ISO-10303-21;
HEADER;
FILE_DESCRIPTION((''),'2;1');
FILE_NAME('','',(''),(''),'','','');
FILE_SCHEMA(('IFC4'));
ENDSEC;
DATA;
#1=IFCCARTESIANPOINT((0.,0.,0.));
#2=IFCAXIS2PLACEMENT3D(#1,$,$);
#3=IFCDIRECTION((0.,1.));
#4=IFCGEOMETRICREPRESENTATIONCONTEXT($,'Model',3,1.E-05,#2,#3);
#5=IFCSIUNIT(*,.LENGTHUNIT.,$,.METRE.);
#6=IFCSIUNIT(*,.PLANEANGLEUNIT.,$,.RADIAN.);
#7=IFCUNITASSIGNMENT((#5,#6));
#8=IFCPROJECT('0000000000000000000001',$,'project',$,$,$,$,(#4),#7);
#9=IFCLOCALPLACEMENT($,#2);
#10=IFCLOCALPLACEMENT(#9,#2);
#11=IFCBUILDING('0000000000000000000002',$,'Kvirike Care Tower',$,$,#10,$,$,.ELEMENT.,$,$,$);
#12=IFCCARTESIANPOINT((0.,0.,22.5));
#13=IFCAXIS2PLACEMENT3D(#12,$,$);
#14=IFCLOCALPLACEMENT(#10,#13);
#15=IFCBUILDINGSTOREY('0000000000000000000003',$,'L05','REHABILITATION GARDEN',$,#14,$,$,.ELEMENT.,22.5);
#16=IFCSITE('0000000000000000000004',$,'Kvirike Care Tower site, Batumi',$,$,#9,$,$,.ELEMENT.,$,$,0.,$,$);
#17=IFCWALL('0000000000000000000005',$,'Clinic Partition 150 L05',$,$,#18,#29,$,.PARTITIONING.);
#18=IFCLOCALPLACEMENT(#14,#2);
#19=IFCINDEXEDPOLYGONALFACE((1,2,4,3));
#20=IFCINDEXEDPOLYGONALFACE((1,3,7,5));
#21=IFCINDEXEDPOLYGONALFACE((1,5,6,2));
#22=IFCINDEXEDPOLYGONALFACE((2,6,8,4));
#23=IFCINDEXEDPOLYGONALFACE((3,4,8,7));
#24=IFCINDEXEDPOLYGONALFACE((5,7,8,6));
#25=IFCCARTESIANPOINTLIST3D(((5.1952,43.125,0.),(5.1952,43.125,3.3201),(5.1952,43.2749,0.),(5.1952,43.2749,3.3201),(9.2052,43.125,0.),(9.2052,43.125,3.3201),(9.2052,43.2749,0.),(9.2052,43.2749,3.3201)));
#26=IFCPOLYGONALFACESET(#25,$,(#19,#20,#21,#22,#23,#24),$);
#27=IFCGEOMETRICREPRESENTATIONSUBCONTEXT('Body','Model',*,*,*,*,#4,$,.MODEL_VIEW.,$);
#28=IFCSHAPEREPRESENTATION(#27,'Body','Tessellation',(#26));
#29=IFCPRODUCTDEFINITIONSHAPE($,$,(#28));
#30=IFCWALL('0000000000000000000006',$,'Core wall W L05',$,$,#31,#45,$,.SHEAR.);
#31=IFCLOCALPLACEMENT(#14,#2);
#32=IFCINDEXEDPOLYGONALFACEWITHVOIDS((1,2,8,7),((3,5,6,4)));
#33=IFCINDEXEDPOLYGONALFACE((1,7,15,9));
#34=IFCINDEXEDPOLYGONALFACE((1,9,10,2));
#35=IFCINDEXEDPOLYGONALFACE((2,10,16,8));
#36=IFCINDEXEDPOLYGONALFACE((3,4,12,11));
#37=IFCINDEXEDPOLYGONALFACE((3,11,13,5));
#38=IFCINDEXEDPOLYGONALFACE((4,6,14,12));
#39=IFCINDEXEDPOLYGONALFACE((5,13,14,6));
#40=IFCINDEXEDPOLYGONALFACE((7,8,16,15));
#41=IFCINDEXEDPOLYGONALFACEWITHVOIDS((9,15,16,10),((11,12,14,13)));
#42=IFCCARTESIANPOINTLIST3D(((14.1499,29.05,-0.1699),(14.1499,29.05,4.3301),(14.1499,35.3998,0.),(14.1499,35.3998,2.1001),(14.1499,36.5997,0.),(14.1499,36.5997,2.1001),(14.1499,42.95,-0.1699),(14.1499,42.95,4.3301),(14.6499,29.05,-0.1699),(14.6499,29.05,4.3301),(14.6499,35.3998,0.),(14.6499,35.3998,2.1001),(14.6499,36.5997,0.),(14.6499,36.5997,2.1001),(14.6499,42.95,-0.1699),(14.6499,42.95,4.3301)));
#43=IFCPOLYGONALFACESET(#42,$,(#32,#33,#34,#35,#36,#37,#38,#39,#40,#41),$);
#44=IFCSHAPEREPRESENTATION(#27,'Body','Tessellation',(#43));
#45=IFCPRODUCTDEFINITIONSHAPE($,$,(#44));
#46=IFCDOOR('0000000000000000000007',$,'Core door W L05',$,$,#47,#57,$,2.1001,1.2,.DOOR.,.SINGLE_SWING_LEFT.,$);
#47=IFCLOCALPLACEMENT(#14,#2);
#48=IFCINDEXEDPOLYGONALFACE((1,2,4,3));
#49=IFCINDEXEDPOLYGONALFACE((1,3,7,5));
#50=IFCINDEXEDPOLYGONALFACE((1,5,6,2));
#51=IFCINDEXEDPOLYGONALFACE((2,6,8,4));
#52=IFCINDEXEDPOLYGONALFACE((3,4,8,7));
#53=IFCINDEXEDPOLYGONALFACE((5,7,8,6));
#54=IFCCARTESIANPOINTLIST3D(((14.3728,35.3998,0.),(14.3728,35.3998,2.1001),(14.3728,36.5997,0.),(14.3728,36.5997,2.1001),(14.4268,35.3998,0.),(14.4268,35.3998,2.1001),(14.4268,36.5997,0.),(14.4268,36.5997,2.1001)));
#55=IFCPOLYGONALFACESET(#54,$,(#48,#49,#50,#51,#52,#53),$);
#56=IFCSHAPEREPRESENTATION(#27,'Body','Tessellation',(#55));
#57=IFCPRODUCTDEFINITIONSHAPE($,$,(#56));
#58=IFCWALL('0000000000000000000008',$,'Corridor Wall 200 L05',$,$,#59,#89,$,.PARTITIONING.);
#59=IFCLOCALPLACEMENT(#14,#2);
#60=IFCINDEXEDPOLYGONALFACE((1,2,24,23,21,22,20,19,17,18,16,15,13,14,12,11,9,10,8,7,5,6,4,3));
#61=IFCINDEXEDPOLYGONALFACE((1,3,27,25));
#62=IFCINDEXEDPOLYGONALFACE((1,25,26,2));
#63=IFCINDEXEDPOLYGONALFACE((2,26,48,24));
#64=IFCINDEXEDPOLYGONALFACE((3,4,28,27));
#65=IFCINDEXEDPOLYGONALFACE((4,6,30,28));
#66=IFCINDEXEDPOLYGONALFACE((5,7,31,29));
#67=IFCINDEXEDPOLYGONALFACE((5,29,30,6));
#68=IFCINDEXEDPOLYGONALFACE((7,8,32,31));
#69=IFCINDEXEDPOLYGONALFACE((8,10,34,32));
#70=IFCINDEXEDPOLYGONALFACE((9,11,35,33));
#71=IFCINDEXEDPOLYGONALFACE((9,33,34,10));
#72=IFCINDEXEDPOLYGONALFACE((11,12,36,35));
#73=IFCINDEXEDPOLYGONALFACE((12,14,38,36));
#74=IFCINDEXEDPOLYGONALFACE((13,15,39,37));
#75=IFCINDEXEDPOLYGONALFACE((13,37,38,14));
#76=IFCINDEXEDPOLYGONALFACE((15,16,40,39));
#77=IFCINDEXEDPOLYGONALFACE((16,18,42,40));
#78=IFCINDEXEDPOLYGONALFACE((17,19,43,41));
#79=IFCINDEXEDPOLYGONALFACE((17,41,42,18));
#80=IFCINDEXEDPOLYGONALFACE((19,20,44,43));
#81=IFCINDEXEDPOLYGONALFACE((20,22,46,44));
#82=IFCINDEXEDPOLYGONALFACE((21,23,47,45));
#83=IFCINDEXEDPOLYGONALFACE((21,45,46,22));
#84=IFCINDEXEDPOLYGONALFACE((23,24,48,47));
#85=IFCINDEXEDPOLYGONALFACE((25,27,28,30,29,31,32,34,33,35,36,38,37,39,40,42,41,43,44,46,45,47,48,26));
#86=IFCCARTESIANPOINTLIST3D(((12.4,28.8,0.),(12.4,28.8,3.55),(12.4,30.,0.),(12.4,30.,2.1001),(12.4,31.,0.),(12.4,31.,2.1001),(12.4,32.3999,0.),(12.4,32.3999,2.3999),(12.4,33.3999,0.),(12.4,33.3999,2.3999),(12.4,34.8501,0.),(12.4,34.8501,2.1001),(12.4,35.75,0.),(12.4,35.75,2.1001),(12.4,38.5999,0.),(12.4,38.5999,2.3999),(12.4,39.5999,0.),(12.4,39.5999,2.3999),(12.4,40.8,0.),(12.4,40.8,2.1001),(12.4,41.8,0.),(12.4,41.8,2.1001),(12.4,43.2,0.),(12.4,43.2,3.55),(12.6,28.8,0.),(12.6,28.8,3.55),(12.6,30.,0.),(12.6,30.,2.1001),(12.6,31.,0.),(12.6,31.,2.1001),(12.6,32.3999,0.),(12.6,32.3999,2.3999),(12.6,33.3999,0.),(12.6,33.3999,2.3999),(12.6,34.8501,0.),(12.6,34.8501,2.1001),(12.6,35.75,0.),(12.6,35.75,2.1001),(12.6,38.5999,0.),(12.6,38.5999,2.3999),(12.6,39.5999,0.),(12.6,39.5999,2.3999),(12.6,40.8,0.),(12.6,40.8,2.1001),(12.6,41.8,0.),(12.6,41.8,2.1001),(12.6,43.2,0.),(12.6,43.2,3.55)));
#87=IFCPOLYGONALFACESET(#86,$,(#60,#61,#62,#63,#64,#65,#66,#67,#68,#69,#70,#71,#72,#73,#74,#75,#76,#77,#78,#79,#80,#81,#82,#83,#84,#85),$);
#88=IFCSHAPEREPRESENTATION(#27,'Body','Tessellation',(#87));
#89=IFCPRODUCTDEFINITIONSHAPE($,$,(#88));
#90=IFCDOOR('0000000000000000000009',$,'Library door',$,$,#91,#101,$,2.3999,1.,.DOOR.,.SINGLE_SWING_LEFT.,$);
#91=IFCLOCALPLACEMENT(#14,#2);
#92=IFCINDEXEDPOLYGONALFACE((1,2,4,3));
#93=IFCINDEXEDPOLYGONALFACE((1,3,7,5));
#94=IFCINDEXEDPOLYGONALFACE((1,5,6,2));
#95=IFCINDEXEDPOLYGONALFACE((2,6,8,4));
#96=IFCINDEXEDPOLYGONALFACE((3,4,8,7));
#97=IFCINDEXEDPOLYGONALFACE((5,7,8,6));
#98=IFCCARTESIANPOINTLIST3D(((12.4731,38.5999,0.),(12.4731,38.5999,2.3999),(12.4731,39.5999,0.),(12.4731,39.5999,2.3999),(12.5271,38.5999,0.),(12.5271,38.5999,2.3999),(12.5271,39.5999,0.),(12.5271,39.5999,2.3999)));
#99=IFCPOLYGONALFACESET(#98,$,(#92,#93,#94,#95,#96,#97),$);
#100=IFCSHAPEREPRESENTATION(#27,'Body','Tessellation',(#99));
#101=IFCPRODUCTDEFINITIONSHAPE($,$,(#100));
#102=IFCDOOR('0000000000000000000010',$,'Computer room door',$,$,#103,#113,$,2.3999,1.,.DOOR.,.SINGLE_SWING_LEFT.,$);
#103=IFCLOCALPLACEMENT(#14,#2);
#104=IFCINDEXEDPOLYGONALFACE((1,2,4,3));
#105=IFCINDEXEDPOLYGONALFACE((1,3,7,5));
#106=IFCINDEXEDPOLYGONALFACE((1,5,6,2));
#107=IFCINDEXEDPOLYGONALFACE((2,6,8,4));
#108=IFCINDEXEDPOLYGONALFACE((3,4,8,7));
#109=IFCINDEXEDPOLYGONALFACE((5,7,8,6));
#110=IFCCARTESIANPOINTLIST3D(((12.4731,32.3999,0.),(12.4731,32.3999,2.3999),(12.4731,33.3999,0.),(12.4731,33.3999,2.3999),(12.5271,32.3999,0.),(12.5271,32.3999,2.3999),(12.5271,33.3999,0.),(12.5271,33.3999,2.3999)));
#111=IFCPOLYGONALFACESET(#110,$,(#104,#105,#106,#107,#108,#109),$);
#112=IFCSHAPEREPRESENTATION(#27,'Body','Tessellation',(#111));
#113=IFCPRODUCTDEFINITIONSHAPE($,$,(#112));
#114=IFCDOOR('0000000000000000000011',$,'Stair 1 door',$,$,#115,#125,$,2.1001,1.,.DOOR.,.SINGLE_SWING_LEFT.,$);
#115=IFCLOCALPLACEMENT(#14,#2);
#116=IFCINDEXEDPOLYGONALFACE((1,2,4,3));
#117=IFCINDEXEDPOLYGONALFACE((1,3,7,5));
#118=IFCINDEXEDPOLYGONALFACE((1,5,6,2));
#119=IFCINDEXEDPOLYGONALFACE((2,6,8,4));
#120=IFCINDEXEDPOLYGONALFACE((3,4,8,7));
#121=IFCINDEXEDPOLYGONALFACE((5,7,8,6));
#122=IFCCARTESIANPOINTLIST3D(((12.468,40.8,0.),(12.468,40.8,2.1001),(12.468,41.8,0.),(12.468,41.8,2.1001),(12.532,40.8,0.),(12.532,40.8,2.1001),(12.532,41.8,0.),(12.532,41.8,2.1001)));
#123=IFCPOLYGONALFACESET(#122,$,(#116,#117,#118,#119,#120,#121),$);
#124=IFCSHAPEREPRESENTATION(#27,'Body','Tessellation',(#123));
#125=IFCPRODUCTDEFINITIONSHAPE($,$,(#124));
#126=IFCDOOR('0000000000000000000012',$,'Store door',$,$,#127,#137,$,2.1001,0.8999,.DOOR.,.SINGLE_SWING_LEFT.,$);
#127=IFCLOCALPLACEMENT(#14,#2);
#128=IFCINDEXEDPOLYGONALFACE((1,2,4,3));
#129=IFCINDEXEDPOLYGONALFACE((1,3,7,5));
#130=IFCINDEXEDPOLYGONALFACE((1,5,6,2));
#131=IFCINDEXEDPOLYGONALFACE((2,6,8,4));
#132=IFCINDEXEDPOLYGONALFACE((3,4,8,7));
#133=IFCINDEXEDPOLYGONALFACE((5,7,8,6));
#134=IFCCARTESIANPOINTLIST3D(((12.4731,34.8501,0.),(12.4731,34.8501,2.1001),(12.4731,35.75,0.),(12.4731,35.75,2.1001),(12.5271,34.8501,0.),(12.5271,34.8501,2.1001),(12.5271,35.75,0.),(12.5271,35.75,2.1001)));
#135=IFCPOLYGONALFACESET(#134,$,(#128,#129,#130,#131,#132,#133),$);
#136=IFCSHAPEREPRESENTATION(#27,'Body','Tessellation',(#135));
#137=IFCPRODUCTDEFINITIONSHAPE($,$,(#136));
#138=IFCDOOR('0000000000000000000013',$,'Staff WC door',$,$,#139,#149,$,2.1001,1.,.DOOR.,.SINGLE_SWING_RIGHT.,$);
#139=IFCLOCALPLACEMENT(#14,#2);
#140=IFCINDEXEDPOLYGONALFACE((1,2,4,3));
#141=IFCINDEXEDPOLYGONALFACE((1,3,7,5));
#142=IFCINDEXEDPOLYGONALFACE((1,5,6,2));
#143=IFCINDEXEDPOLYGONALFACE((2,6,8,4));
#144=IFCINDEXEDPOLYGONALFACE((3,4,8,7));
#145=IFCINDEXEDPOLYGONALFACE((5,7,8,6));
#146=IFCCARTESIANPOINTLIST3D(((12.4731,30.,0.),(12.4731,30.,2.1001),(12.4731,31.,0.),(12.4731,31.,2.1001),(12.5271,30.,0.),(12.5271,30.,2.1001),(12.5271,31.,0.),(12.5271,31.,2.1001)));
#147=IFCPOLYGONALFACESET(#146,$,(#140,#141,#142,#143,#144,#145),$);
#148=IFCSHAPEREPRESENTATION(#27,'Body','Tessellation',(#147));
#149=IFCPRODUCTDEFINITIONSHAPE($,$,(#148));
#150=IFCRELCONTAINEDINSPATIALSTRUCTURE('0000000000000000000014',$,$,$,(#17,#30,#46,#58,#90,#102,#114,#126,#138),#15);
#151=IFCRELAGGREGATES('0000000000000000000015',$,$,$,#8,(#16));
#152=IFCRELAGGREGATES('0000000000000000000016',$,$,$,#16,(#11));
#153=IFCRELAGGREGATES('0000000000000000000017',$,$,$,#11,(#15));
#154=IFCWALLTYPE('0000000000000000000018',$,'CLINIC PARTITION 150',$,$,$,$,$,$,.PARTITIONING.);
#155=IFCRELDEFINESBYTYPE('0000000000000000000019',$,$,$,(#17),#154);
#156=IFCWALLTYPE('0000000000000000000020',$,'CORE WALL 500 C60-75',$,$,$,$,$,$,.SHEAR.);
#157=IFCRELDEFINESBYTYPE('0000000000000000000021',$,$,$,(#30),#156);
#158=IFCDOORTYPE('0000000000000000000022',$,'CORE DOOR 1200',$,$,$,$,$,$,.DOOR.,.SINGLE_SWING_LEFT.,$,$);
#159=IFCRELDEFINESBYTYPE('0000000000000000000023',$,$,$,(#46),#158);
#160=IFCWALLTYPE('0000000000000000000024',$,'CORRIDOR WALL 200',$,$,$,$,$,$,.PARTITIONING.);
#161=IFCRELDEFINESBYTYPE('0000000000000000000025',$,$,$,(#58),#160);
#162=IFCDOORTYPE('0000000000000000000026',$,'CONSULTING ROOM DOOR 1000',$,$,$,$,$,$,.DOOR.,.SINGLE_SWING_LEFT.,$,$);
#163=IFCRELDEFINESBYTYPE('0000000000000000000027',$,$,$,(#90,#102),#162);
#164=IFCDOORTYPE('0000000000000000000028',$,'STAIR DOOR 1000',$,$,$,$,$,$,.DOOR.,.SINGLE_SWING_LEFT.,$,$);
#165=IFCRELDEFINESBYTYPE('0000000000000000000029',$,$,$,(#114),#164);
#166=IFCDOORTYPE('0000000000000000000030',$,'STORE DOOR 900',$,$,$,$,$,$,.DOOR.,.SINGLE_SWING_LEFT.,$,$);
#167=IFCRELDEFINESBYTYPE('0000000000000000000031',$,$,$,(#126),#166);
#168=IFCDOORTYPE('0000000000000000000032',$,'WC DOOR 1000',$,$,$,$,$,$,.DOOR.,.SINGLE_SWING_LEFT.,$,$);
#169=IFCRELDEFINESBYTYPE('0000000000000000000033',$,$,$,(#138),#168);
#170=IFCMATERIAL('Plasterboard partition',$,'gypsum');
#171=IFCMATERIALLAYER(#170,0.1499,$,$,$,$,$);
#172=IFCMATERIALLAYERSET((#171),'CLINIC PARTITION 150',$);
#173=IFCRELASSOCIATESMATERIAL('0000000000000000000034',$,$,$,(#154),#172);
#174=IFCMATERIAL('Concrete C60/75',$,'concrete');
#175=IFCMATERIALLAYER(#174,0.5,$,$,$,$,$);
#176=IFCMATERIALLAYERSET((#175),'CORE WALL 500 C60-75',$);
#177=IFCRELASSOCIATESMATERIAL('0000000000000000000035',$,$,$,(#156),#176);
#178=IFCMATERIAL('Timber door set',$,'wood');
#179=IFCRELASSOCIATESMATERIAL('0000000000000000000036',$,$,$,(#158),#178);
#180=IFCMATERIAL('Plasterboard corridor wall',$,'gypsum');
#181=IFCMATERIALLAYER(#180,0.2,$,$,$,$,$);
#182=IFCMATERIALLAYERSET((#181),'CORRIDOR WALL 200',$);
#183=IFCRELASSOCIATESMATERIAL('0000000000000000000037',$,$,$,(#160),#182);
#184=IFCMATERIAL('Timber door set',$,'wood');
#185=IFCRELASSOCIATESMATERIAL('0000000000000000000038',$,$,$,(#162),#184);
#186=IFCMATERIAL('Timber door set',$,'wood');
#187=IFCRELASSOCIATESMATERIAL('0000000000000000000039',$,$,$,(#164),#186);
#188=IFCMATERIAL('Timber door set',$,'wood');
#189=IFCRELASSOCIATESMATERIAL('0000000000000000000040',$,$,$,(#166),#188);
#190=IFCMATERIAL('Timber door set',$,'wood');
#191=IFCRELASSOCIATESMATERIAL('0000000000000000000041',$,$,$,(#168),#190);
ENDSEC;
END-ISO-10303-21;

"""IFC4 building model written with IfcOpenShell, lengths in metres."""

from ifc_helpers import new_model, si_unit, direction, frame, frame_2d, origin, place, context, subcontext, project, spatial, rectangle, extrude, material, layer, layer_set, type_object, element, fill, save


model = new_model("IFC4")

# Units and contexts
model_context = context("Model", 3, precision=1e-05, world=origin(), true_north=direction((0.0, 1.0)))
body_context = subcontext(model_context, "Body", "Model", "MODEL_VIEW")
ifc_project = project(units=[si_unit("LENGTHUNIT", "METRE"), si_unit("PLANEANGLEUNIT", "RADIAN")], contexts=[model_context])

# Site, building, storey
site_placement = place(None, origin())
site = spatial("IfcSite", under=ifc_project, at=site_placement, Name="Kvirike Care Tower site, Batumi", CompositionType="ELEMENT", RefElevation=0.0)
building_placement = place(site_placement, origin())
building = spatial("IfcBuilding", under=site, at=building_placement, Name="Kvirike Care Tower", CompositionType="ELEMENT")
storey_placement = place(building_placement, frame((0.0, 0.0, 22.5)))
storey = spatial("IfcBuildingStorey", under=building, at=storey_placement, Name="L05", Description="REHABILITATION GARDEN", CompositionType="ELEMENT", Elevation=22.5)

# Wall
ifc_material_1 = material(Name="Plasterboard partition", Category="gypsum")
ifc_layer_1 = layer(ifc_material_1, 0.1499)
ifc_layer_set_1 = layer_set([ifc_layer_1], Name="CLINIC PARTITION 150")
wall_type_1 = type_object("IfcWallType", Name="CLINIC PARTITION 150", PredefinedType="PARTITIONING", material=ifc_layer_set_1)
wall_1_placement = place(storey_placement, frame((9.2051, 43.2, 0.0), z_axis=(0.0, 0.0, 1.0), x_axis=(-1.0, 0.0, 0.0)))
element("IfcWall", 1, at=wall_1_placement, inside=storey, type_object=wall_type_1, Name="Clinic Partition 150 L05", PredefinedType="PARTITIONING", context=body_context, shape_type="SweptSolid", body=[
    extrude(rectangle(XDim=4.01, YDim=0.1499, at=frame_2d((2.0049, 0.0))), origin(), (0.0, 0.0, 1.0), 3.3201),
])

# Wall, opening, door
ifc_material_2 = material(Name="Concrete C60/75", Category="concrete")
ifc_layer_2 = layer(ifc_material_2, 0.5)
ifc_layer_set_2 = layer_set([ifc_layer_2], Name="CORE WALL 500 C60-75")
wall_type_2 = type_object("IfcWallType", Name="CORE WALL 500 C60-75", PredefinedType="SHEAR", material=ifc_layer_set_2)
wall_2_placement = place(storey_placement, frame((14.3999, 42.95, -0.1699), z_axis=(0.0, 0.0, 1.0), x_axis=(0.0, -1.0, 0.0)))
wall_2 = element("IfcWall", 2, at=wall_2_placement, inside=storey, type_object=wall_type_2, Name="Core wall W L05", PredefinedType="SHEAR", context=body_context, shape_type="SweptSolid", body=[
    extrude(rectangle(XDim=13.8999, YDim=0.5, at=frame_2d((6.95, 0.0))), origin(), (0.0, 0.0, 1.0), 4.5),
])
opening_1_placement = place(wall_2_placement, frame((6.3501, 0.0, 0.1699)))
opening_1 = element("IfcOpeningElement", 3, at=opening_1_placement, cuts=wall_2, PredefinedType="OPENING", context=body_context, shape_type="SweptSolid", body=[
    extrude(rectangle(XDim=1.2, YDim=2.1001, at=frame_2d((0.6001, 1.05))), frame((0.0, 0.2605, 0.0), z_axis=(0.0, -1.0, 0.0), x_axis=(1.0, 0.0, 0.0)), (0.0, 0.0, 1.0), 0.521),
])
ifc_material_3 = material(Name="Timber door set", Category="wood")
door_type_1 = type_object("IfcDoorType", Name="CORE DOOR 1200", OperationType="SINGLE_SWING_LEFT", PredefinedType="DOOR", material=ifc_material_3)
door_1_placement = place(opening_1_placement, origin())
door_1 = element("IfcDoor", 4, at=door_1_placement, inside=storey, type_object=door_type_1, Name="Core door W L05", OperationType="SINGLE_SWING_LEFT", OverallHeight=2.1001, OverallWidth=1.2, PredefinedType="DOOR", context=body_context, shape_type="SweptSolid", body=[
    extrude(rectangle(XDim=1.2, YDim=2.1001, at=frame_2d((0.6001, 1.05))), frame((0.0, 0.0269, 0.0), z_axis=(0.0, -1.0, 0.0), x_axis=(1.0, 0.0, 0.0)), (0.0, 0.0, 1.0), 0.054),
])
fill(opening_1, door_1)

# Wall, openings, doors
ifc_material_4 = material(Name="Plasterboard corridor wall", Category="gypsum")
ifc_layer_3 = layer(ifc_material_4, 0.2)
ifc_layer_set_3 = layer_set([ifc_layer_3], Name="CORRIDOR WALL 200")
wall_type_3 = type_object("IfcWallType", Name="CORRIDOR WALL 200", PredefinedType="PARTITIONING", material=ifc_layer_set_3)
wall_3_placement = place(storey_placement, frame((12.5, 43.2, 0.0), z_axis=(0.0, 0.0, 1.0), x_axis=(0.0, -1.0, 0.0)))
wall_3 = element("IfcWall", 5, at=wall_3_placement, inside=storey, type_object=wall_type_3, Name="Corridor Wall 200 L05", PredefinedType="PARTITIONING", context=body_context, shape_type="SweptSolid", body=[
    extrude(rectangle(XDim=14.3999, YDim=0.2, at=frame_2d((7.2, 0.0))), origin(), (0.0, 0.0, 1.0), 3.55),
])
opening_2_placement = place(wall_3_placement, frame((1.3999, 0.0, 0.0)))
opening_2 = element("IfcOpeningElement", 6, at=opening_2_placement, cuts=wall_3, PredefinedType="OPENING", context=body_context, shape_type="SweptSolid", body=[
    extrude(rectangle(XDim=1.0, YDim=2.1001, at=frame_2d((0.5, 1.05))), frame((0.0, 0.1106, 0.0), z_axis=(0.0, -1.0, 0.0), x_axis=(1.0, 0.0, 0.0)), (0.0, 0.0, 1.0), 0.2209),
])
opening_3_placement = place(wall_3_placement, frame((3.6001, 0.0, 0.0)))
opening_3 = element("IfcOpeningElement", 7, at=opening_3_placement, cuts=wall_3, PredefinedType="OPENING", context=body_context, shape_type="SweptSolid", body=[
    extrude(rectangle(XDim=1.0, YDim=2.3999, at=frame_2d((0.5, 1.2))), frame((0.0, 0.1106, 0.0), z_axis=(0.0, -1.0, 0.0), x_axis=(1.0, 0.0, 0.0)), (0.0, 0.0, 1.0), 0.2209),
])
opening_4_placement = place(wall_3_placement, frame((9.8, 0.0, 0.0)))
opening_4 = element("IfcOpeningElement", 8, at=opening_4_placement, cuts=wall_3, PredefinedType="OPENING", context=body_context, shape_type="SweptSolid", body=[
    extrude(rectangle(XDim=1.0, YDim=2.3999, at=frame_2d((0.5, 1.2))), frame((0.0, 0.1106, 0.0), z_axis=(0.0, -1.0, 0.0), x_axis=(1.0, 0.0, 0.0)), (0.0, 0.0, 1.0), 0.2209),
])
opening_5_placement = place(wall_3_placement, frame((7.45, 0.0, 0.0)))
opening_5 = element("IfcOpeningElement", 9, at=opening_5_placement, cuts=wall_3, PredefinedType="OPENING", context=body_context, shape_type="SweptSolid", body=[
    extrude(rectangle(XDim=0.8999, YDim=2.1001, at=frame_2d((0.45, 1.05))), frame((0.0, 0.1106, 0.0), z_axis=(0.0, -1.0, 0.0), x_axis=(1.0, 0.0, 0.0)), (0.0, 0.0, 1.0), 0.2209),
])
opening_6_placement = place(wall_3_placement, frame((12.2, 0.0, 0.0)))
opening_6 = element("IfcOpeningElement", 10, at=opening_6_placement, cuts=wall_3, PredefinedType="OPENING", context=body_context, shape_type="SweptSolid", body=[
    extrude(rectangle(XDim=1.0, YDim=2.1001, at=frame_2d((0.5, 1.05))), frame((0.0, 0.1106, 0.0), z_axis=(0.0, -1.0, 0.0), x_axis=(1.0, 0.0, 0.0)), (0.0, 0.0, 1.0), 0.2209),
])
ifc_material_5 = material(Name="Timber door set", Category="wood")
door_type_2 = type_object("IfcDoorType", Name="CONSULTING ROOM DOOR 1000", OperationType="SINGLE_SWING_LEFT", PredefinedType="DOOR", material=ifc_material_5)
door_2_placement = place(opening_3_placement, frame((1.0, 0.0, 0.0), z_axis=(0.0, 0.0, 1.0), x_axis=(-1.0, 0.0, 0.0)))
door_2 = element("IfcDoor", 11, at=door_2_placement, inside=storey, type_object=door_type_2, Name="Library door", OperationType="SINGLE_SWING_LEFT", OverallHeight=2.3999, OverallWidth=1.0, PredefinedType="DOOR", context=body_context, shape_type="SweptSolid", body=[
    extrude(rectangle(XDim=1.0, YDim=2.3999, at=frame_2d((0.5, 1.2))), frame((0.0, 0.0269, 0.0), z_axis=(0.0, -1.0, 0.0), x_axis=(1.0, 0.0, 0.0)), (0.0, 0.0, 1.0), 0.054),
])
fill(opening_3, door_2)
door_3_placement = place(opening_4_placement, frame((1.0, 0.0, 0.0), z_axis=(0.0, 0.0, 1.0), x_axis=(-1.0, 0.0, 0.0)))
door_3 = element("IfcDoor", 12, at=door_3_placement, inside=storey, type_object=door_type_2, Name="Computer room door", OperationType="SINGLE_SWING_LEFT", OverallHeight=2.3999, OverallWidth=1.0, PredefinedType="DOOR", context=body_context, shape_type="SweptSolid", body=[
    extrude(rectangle(XDim=1.0, YDim=2.3999, at=frame_2d((0.5, 1.2))), frame((0.0, 0.0269, 0.0), z_axis=(0.0, -1.0, 0.0), x_axis=(1.0, 0.0, 0.0)), (0.0, 0.0, 1.0), 0.054),
])
fill(opening_4, door_3)
ifc_material_6 = material(Name="Timber door set", Category="wood")
door_type_3 = type_object("IfcDoorType", Name="STAIR DOOR 1000", OperationType="SINGLE_SWING_LEFT", PredefinedType="DOOR", material=ifc_material_6)
door_4_placement = place(opening_2_placement, frame((1.0, 0.0, 0.0), z_axis=(0.0, 0.0, 1.0), x_axis=(-1.0, 0.0, 0.0)))
door_4 = element("IfcDoor", 13, at=door_4_placement, inside=storey, type_object=door_type_3, Name="Stair 1 door", OperationType="SINGLE_SWING_LEFT", OverallHeight=2.1001, OverallWidth=1.0, PredefinedType="DOOR", context=body_context, shape_type="SweptSolid", body=[
    extrude(rectangle(XDim=1.0, YDim=2.1001, at=frame_2d((0.5, 1.05))), frame((0.0, 0.032, 0.0), z_axis=(0.0, -1.0, 0.0), x_axis=(1.0, 0.0, 0.0)), (0.0, 0.0, 1.0), 0.064),
])
fill(opening_2, door_4)
ifc_material_7 = material(Name="Timber door set", Category="wood")
door_type_4 = type_object("IfcDoorType", Name="STORE DOOR 900", OperationType="SINGLE_SWING_LEFT", PredefinedType="DOOR", material=ifc_material_7)
door_5_placement = place(opening_5_placement, frame((0.8999, 0.0, 0.0), z_axis=(0.0, 0.0, 1.0), x_axis=(-1.0, 0.0, 0.0)))
door_5 = element("IfcDoor", 14, at=door_5_placement, inside=storey, type_object=door_type_4, Name="Store door", OperationType="SINGLE_SWING_LEFT", OverallHeight=2.1001, OverallWidth=0.8999, PredefinedType="DOOR", context=body_context, shape_type="SweptSolid", body=[
    extrude(rectangle(XDim=0.8999, YDim=2.1001, at=frame_2d((0.45, 1.05))), frame((0.0, 0.0269, 0.0), z_axis=(0.0, -1.0, 0.0), x_axis=(1.0, 0.0, 0.0)), (0.0, 0.0, 1.0), 0.054),
])
fill(opening_5, door_5)
ifc_material_8 = material(Name="Timber door set", Category="wood")
door_type_5 = type_object("IfcDoorType", Name="WC DOOR 1000", OperationType="SINGLE_SWING_LEFT", PredefinedType="DOOR", material=ifc_material_8)
door_6_placement = place(opening_6_placement, frame((1.0, 0.0, 0.0), z_axis=(0.0, 0.0, 1.0), x_axis=(-1.0, 0.0, 0.0)))
door_6 = element("IfcDoor", 15, at=door_6_placement, inside=storey, type_object=door_type_5, Name="Staff WC door", OperationType="SINGLE_SWING_RIGHT", OverallHeight=2.1001, OverallWidth=1.0, PredefinedType="DOOR", context=body_context, shape_type="SweptSolid", body=[
    extrude(rectangle(XDim=1.0, YDim=2.1001, at=frame_2d((0.5, 1.05))), frame((0.0, 0.0269, 0.0), z_axis=(0.0, -1.0, 0.0), x_axis=(1.0, 0.0, 0.0)), (0.0, 0.0, 1.0), 0.054),
])
fill(opening_6, door_6)

save(model, "model.ifc")
